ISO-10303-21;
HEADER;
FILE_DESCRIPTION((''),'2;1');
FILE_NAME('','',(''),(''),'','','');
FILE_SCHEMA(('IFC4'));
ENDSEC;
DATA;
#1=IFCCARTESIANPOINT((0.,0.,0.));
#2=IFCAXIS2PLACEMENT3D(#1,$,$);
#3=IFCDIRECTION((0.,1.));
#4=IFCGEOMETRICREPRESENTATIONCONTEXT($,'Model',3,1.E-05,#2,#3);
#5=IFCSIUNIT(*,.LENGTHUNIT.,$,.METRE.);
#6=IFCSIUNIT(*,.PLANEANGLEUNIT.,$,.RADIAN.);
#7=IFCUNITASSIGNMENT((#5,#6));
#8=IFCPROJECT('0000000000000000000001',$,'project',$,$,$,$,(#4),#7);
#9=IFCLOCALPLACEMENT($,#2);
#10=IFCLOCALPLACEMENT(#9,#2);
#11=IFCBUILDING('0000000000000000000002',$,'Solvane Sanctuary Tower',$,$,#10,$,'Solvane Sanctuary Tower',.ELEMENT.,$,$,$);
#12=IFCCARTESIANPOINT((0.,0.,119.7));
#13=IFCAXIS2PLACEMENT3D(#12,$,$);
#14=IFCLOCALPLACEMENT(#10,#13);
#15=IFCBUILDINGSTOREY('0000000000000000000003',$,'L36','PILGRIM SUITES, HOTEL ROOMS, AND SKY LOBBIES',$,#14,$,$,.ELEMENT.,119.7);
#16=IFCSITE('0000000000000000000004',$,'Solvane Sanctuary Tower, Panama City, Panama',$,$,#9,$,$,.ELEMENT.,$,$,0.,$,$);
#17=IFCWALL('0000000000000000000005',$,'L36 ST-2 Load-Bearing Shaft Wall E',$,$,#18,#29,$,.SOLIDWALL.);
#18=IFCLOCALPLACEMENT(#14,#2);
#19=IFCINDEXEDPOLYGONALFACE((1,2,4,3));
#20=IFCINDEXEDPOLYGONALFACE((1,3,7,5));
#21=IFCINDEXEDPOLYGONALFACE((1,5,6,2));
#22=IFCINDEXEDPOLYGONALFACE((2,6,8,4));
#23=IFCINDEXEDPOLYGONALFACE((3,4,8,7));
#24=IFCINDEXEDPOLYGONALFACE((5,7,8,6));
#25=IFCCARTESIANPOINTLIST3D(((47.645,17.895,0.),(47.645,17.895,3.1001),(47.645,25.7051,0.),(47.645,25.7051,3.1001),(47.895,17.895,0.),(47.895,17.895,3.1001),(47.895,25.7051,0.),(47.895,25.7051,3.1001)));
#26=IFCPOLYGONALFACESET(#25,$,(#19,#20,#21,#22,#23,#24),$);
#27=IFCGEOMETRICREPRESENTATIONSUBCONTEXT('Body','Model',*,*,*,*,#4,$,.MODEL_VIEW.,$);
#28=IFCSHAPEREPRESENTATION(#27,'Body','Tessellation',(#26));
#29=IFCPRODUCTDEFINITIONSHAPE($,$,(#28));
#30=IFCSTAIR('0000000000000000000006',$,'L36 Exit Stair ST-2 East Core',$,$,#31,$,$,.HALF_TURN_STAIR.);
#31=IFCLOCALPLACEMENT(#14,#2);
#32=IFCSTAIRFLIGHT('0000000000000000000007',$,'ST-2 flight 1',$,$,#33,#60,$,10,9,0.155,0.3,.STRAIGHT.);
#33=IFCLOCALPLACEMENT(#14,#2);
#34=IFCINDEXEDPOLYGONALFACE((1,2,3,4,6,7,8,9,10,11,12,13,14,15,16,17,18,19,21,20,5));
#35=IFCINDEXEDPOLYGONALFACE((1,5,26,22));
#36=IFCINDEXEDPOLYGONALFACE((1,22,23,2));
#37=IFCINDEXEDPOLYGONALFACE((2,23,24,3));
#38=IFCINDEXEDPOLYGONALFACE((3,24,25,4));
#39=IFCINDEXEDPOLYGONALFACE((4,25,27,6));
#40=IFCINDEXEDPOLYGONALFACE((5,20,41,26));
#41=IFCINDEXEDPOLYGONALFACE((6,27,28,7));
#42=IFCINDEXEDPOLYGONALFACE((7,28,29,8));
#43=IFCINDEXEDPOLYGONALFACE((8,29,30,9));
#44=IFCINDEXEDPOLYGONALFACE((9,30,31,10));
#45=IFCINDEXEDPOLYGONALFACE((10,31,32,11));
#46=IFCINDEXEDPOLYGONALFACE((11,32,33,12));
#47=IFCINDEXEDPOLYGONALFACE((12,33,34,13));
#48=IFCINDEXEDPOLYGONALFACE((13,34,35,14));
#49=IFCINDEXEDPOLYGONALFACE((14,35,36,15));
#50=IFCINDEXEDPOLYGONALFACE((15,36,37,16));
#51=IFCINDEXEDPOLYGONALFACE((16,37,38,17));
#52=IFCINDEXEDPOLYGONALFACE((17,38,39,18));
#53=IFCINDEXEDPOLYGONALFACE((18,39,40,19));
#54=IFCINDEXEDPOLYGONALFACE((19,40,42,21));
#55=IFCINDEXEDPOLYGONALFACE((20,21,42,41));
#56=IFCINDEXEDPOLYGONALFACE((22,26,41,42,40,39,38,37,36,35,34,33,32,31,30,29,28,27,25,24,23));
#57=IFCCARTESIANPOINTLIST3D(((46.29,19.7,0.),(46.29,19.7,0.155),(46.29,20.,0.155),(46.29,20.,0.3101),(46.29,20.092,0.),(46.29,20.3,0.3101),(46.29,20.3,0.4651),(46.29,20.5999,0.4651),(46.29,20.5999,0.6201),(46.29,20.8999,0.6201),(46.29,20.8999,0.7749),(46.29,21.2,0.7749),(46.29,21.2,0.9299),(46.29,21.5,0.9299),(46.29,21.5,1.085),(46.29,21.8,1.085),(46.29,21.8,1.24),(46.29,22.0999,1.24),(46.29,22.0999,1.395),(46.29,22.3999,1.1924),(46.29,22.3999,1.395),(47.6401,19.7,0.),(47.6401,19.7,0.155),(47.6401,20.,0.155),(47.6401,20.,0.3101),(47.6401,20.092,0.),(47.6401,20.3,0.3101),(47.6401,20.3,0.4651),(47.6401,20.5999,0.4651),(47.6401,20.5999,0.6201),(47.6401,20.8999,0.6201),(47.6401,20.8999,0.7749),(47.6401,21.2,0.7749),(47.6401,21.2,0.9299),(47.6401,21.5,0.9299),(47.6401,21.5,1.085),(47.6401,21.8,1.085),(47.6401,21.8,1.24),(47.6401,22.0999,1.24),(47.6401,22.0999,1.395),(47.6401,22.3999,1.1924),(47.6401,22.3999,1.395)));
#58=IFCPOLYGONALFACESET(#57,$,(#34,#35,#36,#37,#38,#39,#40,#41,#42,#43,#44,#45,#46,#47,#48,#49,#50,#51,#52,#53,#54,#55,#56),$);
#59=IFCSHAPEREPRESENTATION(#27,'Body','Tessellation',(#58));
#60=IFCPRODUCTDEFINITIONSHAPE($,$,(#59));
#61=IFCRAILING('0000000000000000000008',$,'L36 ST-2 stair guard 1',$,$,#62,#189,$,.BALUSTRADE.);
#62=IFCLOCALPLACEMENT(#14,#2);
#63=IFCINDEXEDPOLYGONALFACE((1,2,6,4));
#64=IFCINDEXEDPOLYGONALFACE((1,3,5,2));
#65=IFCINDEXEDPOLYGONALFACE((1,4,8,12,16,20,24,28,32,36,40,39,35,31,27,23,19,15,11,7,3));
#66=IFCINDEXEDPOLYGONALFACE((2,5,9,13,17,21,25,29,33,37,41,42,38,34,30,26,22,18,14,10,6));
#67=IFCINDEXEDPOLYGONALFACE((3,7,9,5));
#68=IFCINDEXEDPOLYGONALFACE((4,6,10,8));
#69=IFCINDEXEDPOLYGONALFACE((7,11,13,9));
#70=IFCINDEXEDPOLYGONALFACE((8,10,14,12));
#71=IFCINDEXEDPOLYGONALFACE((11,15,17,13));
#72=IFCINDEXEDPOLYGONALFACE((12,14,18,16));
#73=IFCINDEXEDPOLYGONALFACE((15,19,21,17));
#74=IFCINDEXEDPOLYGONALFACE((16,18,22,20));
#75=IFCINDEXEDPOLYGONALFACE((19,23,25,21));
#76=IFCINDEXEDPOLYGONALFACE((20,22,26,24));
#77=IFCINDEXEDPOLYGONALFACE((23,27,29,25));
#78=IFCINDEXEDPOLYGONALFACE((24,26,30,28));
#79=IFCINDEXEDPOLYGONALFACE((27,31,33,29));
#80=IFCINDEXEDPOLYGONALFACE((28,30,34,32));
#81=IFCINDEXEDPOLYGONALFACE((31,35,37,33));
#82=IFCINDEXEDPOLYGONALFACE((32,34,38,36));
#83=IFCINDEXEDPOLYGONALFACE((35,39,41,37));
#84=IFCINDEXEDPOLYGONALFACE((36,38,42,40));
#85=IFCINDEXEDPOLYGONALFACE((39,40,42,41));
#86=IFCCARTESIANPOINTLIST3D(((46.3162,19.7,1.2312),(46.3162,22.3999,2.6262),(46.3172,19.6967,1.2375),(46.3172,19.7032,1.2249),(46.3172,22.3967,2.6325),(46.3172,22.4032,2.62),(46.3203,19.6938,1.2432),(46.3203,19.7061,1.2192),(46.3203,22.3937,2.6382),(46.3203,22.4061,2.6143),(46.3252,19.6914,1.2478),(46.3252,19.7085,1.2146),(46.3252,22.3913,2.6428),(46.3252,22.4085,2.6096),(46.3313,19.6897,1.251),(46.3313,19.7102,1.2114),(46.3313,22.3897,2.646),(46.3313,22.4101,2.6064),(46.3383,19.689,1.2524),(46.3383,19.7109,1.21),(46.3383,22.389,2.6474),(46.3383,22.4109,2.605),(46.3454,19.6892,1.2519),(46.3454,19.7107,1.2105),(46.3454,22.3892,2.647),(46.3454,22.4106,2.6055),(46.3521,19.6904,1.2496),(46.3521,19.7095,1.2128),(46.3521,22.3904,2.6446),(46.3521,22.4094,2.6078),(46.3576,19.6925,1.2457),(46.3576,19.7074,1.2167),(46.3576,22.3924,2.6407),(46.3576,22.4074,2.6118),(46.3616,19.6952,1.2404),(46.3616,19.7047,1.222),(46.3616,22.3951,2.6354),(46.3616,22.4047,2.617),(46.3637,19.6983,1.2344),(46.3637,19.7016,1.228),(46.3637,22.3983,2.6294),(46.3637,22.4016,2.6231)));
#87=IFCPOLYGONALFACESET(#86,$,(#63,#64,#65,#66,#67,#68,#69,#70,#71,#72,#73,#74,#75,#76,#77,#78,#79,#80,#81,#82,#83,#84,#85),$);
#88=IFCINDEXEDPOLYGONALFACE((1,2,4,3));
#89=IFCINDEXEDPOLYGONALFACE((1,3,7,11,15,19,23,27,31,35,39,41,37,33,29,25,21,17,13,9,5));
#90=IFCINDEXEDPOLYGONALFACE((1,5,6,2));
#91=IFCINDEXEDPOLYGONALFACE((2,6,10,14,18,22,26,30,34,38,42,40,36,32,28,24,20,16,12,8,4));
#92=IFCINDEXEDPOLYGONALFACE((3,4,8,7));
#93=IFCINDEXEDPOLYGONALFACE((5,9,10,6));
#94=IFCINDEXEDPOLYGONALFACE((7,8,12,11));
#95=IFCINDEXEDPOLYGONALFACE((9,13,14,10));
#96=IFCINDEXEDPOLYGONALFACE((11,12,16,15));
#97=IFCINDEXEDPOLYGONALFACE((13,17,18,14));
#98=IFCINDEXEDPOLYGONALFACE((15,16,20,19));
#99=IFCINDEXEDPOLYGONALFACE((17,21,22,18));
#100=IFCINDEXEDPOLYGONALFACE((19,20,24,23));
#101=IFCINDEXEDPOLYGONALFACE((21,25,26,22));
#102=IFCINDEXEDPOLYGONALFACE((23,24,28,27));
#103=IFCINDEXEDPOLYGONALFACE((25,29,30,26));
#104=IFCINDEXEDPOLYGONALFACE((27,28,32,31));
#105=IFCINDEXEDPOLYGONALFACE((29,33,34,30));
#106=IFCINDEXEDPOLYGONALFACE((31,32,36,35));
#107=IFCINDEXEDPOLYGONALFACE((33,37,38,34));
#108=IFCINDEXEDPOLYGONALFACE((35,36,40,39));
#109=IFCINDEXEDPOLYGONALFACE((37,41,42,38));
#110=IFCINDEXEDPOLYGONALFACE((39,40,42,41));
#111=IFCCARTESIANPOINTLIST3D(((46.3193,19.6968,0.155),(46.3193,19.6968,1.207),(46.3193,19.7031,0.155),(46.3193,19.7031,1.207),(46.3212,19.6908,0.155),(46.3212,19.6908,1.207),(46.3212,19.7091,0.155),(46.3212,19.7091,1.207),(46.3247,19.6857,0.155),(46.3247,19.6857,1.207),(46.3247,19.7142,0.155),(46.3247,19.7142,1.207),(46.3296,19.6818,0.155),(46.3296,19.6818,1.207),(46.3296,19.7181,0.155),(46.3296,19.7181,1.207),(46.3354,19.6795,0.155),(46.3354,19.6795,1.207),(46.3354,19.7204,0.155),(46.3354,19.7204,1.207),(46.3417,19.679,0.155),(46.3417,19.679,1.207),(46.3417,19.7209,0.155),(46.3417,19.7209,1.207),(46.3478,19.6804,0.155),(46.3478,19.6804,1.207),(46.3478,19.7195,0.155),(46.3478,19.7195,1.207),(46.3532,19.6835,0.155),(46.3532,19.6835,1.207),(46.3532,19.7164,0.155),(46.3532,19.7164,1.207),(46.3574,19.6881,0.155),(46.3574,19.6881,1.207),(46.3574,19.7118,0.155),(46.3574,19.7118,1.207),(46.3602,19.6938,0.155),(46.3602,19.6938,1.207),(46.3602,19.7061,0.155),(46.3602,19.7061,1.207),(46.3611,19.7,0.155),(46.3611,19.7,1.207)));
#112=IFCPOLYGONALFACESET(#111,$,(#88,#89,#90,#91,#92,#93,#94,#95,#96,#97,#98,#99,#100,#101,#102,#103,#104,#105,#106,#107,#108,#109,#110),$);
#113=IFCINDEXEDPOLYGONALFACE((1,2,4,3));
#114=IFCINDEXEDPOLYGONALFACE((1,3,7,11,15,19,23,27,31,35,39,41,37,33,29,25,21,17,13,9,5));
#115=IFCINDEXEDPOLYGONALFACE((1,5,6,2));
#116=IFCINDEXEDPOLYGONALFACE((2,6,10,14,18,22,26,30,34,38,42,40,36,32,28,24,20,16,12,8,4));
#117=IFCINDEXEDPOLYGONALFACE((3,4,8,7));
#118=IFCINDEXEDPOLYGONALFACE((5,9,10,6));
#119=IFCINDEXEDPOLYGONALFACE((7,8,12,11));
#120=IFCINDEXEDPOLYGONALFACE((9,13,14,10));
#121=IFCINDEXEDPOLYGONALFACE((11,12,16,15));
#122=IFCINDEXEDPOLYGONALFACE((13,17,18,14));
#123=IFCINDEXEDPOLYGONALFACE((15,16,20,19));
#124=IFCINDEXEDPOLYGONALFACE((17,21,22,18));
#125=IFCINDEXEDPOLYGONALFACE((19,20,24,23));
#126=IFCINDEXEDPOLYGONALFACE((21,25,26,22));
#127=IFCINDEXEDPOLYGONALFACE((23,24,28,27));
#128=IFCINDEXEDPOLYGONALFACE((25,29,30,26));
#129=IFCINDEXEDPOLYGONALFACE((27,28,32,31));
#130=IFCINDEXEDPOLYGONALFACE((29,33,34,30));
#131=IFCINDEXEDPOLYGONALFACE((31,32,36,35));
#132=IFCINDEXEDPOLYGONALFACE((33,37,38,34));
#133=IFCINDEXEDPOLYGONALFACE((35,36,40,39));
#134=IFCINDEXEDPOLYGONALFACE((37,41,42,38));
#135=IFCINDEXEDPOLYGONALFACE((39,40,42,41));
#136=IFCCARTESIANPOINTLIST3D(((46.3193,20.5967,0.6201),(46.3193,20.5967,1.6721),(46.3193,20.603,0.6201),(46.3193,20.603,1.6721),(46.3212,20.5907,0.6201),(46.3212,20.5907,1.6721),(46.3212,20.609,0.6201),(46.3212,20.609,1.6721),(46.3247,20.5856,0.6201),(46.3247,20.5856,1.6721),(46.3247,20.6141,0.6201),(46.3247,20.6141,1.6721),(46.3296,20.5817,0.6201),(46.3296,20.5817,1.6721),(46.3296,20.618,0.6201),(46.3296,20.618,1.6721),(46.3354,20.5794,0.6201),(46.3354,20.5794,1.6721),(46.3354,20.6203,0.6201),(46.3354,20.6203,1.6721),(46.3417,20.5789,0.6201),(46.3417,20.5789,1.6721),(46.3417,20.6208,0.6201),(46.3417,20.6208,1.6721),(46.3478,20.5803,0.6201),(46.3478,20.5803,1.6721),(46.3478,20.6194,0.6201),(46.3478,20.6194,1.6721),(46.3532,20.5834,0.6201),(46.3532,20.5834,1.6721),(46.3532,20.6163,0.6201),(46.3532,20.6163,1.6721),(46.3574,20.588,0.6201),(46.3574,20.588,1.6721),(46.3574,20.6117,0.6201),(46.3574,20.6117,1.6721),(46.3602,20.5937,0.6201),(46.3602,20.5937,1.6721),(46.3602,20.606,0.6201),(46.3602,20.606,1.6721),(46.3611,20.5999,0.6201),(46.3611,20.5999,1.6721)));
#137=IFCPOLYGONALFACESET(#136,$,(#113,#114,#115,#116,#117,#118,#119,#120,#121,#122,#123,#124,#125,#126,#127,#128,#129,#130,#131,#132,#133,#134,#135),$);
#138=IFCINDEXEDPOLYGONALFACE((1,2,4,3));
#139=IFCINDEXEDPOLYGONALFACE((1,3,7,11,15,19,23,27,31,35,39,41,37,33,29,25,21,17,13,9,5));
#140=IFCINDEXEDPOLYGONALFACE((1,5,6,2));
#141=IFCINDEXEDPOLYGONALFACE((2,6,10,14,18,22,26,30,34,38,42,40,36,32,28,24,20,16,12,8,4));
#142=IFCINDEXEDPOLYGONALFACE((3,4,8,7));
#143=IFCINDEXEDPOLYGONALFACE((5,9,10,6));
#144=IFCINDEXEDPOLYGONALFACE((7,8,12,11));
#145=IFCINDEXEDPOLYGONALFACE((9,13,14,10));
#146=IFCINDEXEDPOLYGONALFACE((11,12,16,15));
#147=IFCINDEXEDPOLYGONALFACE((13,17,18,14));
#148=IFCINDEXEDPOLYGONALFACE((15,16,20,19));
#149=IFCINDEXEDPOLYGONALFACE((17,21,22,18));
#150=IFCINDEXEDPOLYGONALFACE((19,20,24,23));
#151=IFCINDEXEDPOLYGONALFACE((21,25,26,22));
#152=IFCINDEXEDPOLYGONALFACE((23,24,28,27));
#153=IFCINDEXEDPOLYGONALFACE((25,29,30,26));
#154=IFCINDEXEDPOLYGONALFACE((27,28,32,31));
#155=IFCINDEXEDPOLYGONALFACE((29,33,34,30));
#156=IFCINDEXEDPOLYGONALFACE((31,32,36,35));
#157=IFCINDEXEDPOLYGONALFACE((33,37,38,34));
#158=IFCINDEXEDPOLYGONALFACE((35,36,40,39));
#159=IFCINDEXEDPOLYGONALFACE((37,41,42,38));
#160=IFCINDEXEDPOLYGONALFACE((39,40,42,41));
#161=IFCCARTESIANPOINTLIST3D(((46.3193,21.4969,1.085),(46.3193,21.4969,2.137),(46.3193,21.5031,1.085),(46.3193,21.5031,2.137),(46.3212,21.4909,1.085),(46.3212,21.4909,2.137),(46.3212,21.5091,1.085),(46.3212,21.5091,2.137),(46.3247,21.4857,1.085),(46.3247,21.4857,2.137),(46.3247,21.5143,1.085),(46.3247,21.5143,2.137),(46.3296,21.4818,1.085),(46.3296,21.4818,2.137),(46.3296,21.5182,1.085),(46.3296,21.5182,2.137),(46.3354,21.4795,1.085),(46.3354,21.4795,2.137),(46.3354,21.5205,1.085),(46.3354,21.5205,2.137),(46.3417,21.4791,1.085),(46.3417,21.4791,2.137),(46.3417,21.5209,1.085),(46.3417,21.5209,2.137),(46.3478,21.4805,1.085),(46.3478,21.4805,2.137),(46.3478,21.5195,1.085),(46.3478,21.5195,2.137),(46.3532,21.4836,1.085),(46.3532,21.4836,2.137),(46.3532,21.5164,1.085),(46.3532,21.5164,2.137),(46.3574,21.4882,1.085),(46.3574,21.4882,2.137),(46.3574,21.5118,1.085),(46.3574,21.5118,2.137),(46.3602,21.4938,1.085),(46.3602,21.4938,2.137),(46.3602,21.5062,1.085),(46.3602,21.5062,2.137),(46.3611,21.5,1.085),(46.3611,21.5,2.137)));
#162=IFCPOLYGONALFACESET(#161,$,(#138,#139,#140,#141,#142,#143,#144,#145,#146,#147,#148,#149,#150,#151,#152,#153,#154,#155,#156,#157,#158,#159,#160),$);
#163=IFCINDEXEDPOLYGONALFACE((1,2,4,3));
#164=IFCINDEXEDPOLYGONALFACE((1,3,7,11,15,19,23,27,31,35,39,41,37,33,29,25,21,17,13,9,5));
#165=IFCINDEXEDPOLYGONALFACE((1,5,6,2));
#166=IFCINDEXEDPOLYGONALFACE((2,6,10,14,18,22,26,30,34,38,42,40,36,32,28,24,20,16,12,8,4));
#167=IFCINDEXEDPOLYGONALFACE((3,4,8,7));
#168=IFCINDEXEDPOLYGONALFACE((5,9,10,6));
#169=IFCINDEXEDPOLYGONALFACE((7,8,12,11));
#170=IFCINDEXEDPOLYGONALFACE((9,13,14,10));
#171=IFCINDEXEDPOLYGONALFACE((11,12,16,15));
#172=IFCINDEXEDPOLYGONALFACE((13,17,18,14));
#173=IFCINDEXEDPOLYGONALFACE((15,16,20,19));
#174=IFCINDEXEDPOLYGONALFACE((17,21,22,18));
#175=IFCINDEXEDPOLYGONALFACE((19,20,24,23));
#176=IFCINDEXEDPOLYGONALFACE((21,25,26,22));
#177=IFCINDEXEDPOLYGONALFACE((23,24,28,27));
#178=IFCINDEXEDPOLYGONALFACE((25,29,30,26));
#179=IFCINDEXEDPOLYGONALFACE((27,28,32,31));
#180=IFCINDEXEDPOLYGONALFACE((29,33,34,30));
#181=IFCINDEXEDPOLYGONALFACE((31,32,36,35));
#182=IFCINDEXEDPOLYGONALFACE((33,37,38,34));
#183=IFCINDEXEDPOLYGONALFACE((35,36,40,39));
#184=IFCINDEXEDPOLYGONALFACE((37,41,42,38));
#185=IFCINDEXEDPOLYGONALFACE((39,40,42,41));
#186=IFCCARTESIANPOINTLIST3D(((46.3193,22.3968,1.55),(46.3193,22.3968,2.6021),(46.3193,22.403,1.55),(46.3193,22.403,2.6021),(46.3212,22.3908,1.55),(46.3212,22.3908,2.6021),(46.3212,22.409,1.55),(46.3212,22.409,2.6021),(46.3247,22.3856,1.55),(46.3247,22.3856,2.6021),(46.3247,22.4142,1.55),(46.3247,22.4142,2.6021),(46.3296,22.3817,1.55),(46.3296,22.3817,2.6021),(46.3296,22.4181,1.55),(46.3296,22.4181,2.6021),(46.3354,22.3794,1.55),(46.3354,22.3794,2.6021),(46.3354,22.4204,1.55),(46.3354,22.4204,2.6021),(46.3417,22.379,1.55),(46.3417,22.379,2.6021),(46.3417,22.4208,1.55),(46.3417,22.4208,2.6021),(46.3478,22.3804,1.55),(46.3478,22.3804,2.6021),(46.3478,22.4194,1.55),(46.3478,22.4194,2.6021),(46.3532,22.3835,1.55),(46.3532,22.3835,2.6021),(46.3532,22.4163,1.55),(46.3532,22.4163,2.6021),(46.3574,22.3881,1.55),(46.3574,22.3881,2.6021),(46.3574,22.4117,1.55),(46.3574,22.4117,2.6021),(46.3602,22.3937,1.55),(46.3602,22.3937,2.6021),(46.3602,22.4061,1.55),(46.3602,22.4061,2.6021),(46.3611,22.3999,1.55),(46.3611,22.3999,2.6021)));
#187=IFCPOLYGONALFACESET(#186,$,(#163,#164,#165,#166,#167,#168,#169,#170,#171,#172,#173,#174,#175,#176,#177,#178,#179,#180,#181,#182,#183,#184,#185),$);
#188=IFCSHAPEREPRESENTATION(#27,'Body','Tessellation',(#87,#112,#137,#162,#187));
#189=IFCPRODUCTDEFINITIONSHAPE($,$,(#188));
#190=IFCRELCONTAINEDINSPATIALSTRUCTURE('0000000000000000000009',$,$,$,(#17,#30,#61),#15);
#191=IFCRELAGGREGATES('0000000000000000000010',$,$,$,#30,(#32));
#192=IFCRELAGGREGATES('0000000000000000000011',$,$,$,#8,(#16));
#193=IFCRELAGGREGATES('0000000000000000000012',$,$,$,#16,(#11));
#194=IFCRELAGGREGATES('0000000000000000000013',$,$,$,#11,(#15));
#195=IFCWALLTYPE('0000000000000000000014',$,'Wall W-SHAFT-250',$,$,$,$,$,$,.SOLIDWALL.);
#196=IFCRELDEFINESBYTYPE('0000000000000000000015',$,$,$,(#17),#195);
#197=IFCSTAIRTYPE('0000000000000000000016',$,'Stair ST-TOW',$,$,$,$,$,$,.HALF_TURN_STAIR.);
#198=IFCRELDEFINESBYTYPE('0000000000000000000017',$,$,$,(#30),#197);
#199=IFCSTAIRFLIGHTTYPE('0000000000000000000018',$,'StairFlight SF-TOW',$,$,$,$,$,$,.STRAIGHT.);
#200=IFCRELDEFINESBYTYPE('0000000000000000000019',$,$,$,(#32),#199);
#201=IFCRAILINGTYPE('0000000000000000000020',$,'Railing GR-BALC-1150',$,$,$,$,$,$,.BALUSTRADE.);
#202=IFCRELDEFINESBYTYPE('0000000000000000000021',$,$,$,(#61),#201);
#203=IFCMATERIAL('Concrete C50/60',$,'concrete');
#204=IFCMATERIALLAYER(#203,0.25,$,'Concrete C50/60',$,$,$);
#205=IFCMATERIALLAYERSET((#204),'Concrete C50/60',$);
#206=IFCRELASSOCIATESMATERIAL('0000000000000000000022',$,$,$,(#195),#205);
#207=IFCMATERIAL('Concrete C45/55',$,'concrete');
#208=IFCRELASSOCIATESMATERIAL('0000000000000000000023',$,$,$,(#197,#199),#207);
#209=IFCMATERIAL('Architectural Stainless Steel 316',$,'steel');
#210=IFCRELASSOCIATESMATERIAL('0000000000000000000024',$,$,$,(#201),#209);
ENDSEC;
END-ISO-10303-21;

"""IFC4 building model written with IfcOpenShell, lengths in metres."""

from ifc_helpers import new_model, si_unit, direction, frame, frame_2d, origin, origin_2d, place, context, subcontext, project, spatial, polyline, rectangle, circle, outline, extrude, material, layer, layer_set, type_object, element, aggregate, save


model = new_model("IFC4")

# Units and contexts
model_context = context("Model", 3, precision=1e-05, world=origin(), true_north=direction((0.0, 1.0)))
body_context = subcontext(model_context, "Body", "Model", "MODEL_VIEW")
ifc_project = project(units=[si_unit("LENGTHUNIT", "METRE"), si_unit("PLANEANGLEUNIT", "RADIAN")], contexts=[model_context])

# Site, building, storey
site_placement = place(None, origin())
site = spatial("IfcSite", under=ifc_project, at=site_placement, Name="Solvane Sanctuary Tower, Panama City, Panama", CompositionType="ELEMENT", RefElevation=0.0)
building_placement = place(site_placement, origin())
building = spatial("IfcBuilding", under=site, at=building_placement, Name="Solvane Sanctuary Tower", LongName="Solvane Sanctuary Tower", CompositionType="ELEMENT")
storey_placement = place(building_placement, frame((0.0, 0.0, 119.7)))
storey = spatial("IfcBuildingStorey", under=building, at=storey_placement, Name="L36", Description="PILGRIM SUITES, HOTEL ROOMS, AND SKY LOBBIES", CompositionType="ELEMENT", Elevation=119.7)

# Shared definitions
ifc_material_1 = material(Name="Architectural Stainless Steel 316", Category="steel")

# Wall
ifc_material_2 = material(Name="Concrete C50/60", Category="concrete")
ifc_layer_1 = layer(ifc_material_2, 0.25, Name="Concrete C50/60")
ifc_layer_set_1 = layer_set([ifc_layer_1], Name="Concrete C50/60")
wall_type_1 = type_object("IfcWallType", Name="Wall W-SHAFT-250", PredefinedType="SOLIDWALL", material=ifc_layer_set_1)
wall_1_placement = place(storey_placement, frame((47.77, 17.895, 0.0), z_axis=(0.0, 0.0, 1.0), x_axis=(0.0, 1.0, 0.0)))
element("IfcWall", 1, at=wall_1_placement, inside=storey, type_object=wall_type_1, Name="L36 ST-2 Load-Bearing Shaft Wall E", PredefinedType="SOLIDWALL", context=body_context, shape_type="SweptSolid", body=[
    extrude(rectangle(XDim=7.8101, YDim=0.25, at=frame_2d((3.905, 0.0))), origin(), (0.0, 0.0, 1.0), 3.1001),
])

# Stair, stair flight
ifc_material_3 = material(Name="Concrete C45/55", Category="concrete")
stair_type = type_object("IfcStairType", Name="Stair ST-TOW", PredefinedType="HALF_TURN_STAIR", material=ifc_material_3)
stair_placement = place(storey_placement, origin())
stair = element("IfcStair", 2, at=stair_placement, inside=storey, type_object=stair_type, Name="L36 Exit Stair ST-2 East Core", PredefinedType="HALF_TURN_STAIR")
stair_flight_type = type_object("IfcStairFlightType", Name="StairFlight SF-TOW", PredefinedType="STRAIGHT", material=ifc_material_3)
stair_flight_placement = place(storey_placement, frame((46.9651, 19.7, 0.0), z_axis=(0.0, 0.0, 1.0), x_axis=(0.0, 1.0, 0.0)))
stair_flight = element("IfcStairFlight", 3, at=stair_flight_placement, type_object=stair_flight_type, Name="ST-2 flight 1", NumberOfRisers=10, NumberOfTreads=9, PredefinedType="STRAIGHT", RiserHeight=0.155, TreadLength=0.3, context=body_context, shape_type="SweptSolid", body=[
    extrude(outline(polyline([(0.0, 0.0), (0.0, 0.155), (0.3, 0.155), (0.3, 0.3101), (0.6001, 0.3101), (0.6001, 0.4651), (0.8999, 0.4651), (0.8999, 0.6201), (1.2, 0.6201), (1.2, 0.7749), (1.5, 0.7749), (1.5, 0.9299), (1.8, 0.9299), (1.8, 1.085), (2.1001, 1.085), (2.1001, 1.24), (2.3999, 1.24), (2.3999, 1.395), (2.7, 1.395), (2.7, 1.55), (2.7, 1.1924), (0.3921, 0.0), (0.0, 0.0)])), frame((0.0, 0.675, 0.0), z_axis=(0.0, -1.0, 0.0), x_axis=(1.0, 0.0, 0.0)), (0.0, 0.0, 1.0), 1.3501),
])
aggregate(stair, [stair_flight])

# Railing
railing_type_1 = type_object("IfcRailingType", Name="Railing GR-BALC-1150", PredefinedType="BALUSTRADE", material=ifc_material_1)
railing_1_placement = place(storey_placement, frame((46.3401, 19.7, 0.155)))
element("IfcRailing", 4, at=railing_1_placement, inside=storey, type_object=railing_type_1, Name="L36 ST-2 stair guard 1", PredefinedType="BALUSTRADE", context=body_context, shape_type="SweptSolid", body=[
    extrude(circle(Radius=0.0239, at=origin_2d()), frame((0.0, 0.0, 1.0762), z_axis=(0.0, 0.88842, 0.459032), x_axis=(-1.0, 0.0, 0.0)), (0.0, 0.0, 1.0), 3.0391),
    extrude(circle(Radius=0.021, at=origin_2d()), origin(), (0.0, 0.0, 1.0), 1.052),
    extrude(circle(Radius=0.021, at=origin_2d()), frame((0.0, 0.8999, 0.4651)), (0.0, 0.0, 1.0), 1.052),
    extrude(circle(Radius=0.021, at=origin_2d()), frame((0.0, 1.8, 0.9299)), (0.0, 0.0, 1.0), 1.052),
    extrude(circle(Radius=0.021, at=origin_2d()), frame((0.0, 2.7, 1.395)), (0.0, 0.0, 1.0), 1.052),
])

save(model, "model.ifc")
